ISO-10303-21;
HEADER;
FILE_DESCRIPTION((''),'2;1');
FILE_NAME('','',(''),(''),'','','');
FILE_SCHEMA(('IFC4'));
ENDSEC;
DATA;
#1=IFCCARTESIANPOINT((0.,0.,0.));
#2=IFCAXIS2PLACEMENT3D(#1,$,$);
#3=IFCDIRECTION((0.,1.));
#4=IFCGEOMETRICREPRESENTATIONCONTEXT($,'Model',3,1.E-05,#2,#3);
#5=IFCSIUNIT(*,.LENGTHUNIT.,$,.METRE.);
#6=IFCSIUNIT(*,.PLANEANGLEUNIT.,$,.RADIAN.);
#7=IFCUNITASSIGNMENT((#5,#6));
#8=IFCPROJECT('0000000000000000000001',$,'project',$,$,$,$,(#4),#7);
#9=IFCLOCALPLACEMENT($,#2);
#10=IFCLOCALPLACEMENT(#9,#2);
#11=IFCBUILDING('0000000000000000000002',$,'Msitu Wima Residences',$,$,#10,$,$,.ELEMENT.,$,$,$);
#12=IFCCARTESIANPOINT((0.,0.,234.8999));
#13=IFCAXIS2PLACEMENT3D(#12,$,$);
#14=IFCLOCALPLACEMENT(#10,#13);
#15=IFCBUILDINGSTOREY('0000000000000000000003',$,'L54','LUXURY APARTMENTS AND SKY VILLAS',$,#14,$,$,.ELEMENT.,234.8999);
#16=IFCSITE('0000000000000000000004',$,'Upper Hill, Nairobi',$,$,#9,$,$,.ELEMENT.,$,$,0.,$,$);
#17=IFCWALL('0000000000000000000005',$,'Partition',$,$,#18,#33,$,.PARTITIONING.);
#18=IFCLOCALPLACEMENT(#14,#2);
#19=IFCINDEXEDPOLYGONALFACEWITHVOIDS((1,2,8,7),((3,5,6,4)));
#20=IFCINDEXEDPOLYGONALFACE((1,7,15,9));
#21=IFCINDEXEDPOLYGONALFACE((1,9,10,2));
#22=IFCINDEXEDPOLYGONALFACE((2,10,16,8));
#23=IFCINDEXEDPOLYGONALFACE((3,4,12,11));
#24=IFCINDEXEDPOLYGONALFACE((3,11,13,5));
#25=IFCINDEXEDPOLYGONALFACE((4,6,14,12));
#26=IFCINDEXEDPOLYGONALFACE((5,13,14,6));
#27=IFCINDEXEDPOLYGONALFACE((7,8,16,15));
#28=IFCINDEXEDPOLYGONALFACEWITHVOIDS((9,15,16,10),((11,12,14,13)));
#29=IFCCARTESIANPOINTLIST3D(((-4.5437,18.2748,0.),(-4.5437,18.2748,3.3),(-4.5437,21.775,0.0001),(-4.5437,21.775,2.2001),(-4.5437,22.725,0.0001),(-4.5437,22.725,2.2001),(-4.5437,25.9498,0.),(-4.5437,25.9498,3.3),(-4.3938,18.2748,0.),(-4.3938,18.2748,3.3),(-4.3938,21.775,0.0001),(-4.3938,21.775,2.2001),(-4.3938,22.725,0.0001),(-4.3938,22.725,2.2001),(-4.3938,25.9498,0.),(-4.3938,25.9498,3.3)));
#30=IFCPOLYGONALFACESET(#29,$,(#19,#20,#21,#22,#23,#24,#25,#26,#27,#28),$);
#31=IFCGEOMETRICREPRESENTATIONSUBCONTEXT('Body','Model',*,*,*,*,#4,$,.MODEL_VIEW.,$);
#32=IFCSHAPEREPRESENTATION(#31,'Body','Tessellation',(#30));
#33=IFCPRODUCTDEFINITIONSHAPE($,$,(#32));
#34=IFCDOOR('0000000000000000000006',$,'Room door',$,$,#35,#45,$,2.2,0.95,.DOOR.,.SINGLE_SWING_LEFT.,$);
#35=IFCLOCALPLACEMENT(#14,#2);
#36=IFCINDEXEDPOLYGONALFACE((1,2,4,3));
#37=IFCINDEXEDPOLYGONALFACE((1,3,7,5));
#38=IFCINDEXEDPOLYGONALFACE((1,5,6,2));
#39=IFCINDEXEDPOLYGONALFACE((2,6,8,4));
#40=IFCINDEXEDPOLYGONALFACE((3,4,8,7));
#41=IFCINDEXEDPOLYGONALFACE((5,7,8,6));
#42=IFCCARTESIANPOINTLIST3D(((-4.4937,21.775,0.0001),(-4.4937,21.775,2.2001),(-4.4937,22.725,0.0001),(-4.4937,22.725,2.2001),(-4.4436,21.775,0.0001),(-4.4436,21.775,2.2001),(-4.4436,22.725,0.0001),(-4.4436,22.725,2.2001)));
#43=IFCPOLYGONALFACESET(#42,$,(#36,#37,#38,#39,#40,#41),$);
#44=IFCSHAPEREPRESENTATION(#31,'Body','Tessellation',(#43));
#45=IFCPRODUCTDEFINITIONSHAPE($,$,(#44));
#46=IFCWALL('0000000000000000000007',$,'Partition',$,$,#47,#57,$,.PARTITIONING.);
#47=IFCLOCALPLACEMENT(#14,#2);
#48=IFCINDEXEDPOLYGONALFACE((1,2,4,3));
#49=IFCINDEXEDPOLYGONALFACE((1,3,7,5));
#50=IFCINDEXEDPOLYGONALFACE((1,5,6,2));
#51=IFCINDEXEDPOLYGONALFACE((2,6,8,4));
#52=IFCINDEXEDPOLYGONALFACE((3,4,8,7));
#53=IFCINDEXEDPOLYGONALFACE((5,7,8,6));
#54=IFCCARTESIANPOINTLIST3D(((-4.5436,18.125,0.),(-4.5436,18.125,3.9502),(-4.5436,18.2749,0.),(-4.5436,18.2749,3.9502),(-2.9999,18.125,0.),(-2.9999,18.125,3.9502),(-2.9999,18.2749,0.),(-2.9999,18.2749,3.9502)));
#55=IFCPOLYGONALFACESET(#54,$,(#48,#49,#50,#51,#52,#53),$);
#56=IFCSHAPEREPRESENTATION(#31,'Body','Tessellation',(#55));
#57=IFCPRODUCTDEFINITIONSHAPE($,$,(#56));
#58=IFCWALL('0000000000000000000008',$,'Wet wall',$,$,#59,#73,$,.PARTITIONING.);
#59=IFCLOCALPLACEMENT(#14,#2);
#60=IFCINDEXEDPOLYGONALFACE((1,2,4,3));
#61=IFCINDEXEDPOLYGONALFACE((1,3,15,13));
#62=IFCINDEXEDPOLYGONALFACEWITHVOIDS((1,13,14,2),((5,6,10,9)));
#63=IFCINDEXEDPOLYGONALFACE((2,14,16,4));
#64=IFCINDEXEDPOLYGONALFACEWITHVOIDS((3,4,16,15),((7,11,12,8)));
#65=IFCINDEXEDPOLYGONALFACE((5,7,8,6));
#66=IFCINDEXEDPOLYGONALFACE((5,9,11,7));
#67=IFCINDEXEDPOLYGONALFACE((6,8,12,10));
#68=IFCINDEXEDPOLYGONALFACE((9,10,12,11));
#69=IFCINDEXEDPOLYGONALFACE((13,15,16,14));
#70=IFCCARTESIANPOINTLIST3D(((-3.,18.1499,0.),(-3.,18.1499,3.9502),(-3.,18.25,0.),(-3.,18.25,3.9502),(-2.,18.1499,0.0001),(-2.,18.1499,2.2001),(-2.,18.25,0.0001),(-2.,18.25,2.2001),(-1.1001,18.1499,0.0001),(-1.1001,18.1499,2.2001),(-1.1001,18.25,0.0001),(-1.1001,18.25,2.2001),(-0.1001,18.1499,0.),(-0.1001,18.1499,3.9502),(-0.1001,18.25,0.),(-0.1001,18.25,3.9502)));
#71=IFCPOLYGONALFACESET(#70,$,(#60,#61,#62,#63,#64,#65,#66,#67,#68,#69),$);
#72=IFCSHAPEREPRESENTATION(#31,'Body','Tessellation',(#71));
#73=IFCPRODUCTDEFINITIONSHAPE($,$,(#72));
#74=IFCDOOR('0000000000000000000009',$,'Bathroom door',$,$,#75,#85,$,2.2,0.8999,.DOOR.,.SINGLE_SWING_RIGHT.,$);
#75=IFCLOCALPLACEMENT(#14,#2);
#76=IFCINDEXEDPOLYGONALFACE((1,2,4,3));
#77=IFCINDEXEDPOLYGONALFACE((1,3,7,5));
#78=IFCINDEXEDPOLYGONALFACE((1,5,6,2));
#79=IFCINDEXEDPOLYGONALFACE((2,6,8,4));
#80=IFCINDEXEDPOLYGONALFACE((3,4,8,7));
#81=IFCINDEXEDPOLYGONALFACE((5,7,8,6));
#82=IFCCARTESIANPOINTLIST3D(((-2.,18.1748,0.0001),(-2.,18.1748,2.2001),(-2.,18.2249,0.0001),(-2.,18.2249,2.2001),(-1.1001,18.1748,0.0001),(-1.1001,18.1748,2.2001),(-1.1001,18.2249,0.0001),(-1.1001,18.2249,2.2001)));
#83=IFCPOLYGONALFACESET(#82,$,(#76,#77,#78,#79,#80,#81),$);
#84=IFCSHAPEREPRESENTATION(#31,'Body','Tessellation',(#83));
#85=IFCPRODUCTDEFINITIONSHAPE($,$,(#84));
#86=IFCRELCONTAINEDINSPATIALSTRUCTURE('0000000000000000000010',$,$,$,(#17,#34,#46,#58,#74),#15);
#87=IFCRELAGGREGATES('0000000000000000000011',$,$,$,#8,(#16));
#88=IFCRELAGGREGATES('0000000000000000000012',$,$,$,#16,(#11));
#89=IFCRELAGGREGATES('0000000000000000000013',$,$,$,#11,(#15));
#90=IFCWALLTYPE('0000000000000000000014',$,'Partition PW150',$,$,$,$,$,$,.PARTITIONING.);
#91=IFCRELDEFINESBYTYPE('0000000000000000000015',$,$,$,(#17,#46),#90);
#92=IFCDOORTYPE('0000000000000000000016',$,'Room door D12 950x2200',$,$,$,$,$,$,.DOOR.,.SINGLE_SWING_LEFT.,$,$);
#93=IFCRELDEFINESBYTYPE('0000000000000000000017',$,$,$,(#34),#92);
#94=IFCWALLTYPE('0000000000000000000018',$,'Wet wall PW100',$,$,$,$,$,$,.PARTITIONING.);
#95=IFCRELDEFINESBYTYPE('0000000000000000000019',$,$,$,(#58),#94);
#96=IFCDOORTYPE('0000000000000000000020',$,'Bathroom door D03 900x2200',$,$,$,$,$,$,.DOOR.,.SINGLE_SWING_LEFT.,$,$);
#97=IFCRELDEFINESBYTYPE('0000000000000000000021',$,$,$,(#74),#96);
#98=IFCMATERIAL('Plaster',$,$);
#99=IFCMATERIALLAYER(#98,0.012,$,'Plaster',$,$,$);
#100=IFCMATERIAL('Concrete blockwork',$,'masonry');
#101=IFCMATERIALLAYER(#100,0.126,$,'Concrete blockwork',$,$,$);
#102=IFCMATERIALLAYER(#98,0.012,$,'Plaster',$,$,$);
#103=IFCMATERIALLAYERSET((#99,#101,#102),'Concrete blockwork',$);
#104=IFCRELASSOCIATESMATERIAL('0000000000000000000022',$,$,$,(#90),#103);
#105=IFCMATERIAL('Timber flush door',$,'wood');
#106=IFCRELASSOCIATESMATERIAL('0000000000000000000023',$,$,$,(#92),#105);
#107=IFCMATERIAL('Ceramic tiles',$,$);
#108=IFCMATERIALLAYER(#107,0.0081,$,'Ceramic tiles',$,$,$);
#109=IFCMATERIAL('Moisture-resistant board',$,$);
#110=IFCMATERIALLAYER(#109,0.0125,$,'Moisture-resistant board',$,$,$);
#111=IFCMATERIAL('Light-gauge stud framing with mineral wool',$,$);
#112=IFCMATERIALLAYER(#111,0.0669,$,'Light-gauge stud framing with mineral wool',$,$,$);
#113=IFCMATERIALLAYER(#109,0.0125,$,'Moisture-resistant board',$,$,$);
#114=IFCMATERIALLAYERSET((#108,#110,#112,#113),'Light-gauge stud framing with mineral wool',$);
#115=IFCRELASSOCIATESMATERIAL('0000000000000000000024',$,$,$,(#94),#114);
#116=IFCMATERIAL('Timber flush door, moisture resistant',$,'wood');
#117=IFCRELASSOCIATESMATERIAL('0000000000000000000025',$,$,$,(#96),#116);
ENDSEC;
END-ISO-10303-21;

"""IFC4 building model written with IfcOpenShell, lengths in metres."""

from ifc_helpers import new_model, si_unit, direction, frame, frame_2d, origin, place, context, subcontext, project, spatial, rectangle, extrude, material, layer, layer_set, type_object, element, fill, save


model = new_model("IFC4")

# Units and contexts
model_context = context("Model", 3, precision=1e-05, world=origin(), true_north=direction((0.0, 1.0)))
body_context = subcontext(model_context, "Body", "Model", "MODEL_VIEW")
ifc_project = project(units=[si_unit("LENGTHUNIT", "METRE"), si_unit("PLANEANGLEUNIT", "RADIAN")], contexts=[model_context])

# Site, building, storey
site_placement = place(None, origin())
site = spatial("IfcSite", under=ifc_project, at=site_placement, Name="Upper Hill, Nairobi", CompositionType="ELEMENT", RefElevation=0.0)
building_placement = place(site_placement, origin())
building = spatial("IfcBuilding", under=site, at=building_placement, Name="Msitu Wima Residences", CompositionType="ELEMENT")
storey_placement = place(building_placement, frame((0.0, 0.0, 234.8999)))
storey = spatial("IfcBuildingStorey", under=building, at=storey_placement, Name="L54", Description="LUXURY APARTMENTS AND SKY VILLAS", CompositionType="ELEMENT", Elevation=234.8999)

# Shared definitions
ifc_material_1 = material(Name="Plaster")
ifc_material_2 = material(Name="Concrete blockwork", Category="masonry")

# Shared definitions
ifc_layer_1 = layer(ifc_material_1, 0.012, Name="Plaster")
ifc_layer_2 = layer(ifc_material_2, 0.126, Name="Concrete blockwork")
ifc_layer_3 = layer(ifc_material_1, 0.012, Name="Plaster")
ifc_layer_set_1 = layer_set([ifc_layer_1, ifc_layer_2, ifc_layer_3], Name="Concrete blockwork")
wall_type_1 = type_object("IfcWallType", Name="Partition PW150", PredefinedType="PARTITIONING", material=ifc_layer_set_1)

# Shared definitions
ifc_material_3 = material(Name="Timber flush door", Category="wood")
door_type_1 = type_object("IfcDoorType", Name="Room door D12 950x2200", OperationType="SINGLE_SWING_LEFT", PredefinedType="DOOR", material=ifc_material_3)

# Wall, opening, door
wall_1_placement = place(storey_placement, frame((-4.4688, 18.2749, 0.0), z_axis=(0.0, 0.0, 1.0), x_axis=(0.0, 1.0, 0.0)))
wall_1 = element("IfcWall", 1, at=wall_1_placement, inside=storey, type_object=wall_type_1, Name="Partition", PredefinedType="PARTITIONING", context=body_context, shape_type="SweptSolid", body=[
    extrude(rectangle(XDim=7.675, YDim=0.1499, at=frame_2d((3.8374, 0.0))), origin(), (0.0, 0.0, 1.0), 3.3),
])
opening_1_placement = place(wall_1_placement, frame((3.5, 0.0, 0.0)))
opening_1 = element("IfcOpeningElement", 2, at=opening_1_placement, cuts=wall_1, PredefinedType="OPENING", context=body_context, shape_type="SweptSolid", body=[
    extrude(rectangle(XDim=0.95, YDim=2.2, at=frame_2d((0.4751, 1.1001))), frame((0.0, 0.085, 0.0), z_axis=(0.0, -1.0, 0.0), x_axis=(1.0, 0.0, 0.0)), (0.0, 0.0, 1.0), 0.1699),
])
door_1_placement = place(opening_1_placement, origin())
door_1 = element("IfcDoor", 3, at=door_1_placement, inside=storey, type_object=door_type_1, Name="Room door", OperationType="SINGLE_SWING_LEFT", OverallHeight=2.2, OverallWidth=0.95, PredefinedType="DOOR", context=body_context, shape_type="SweptSolid", body=[
    extrude(rectangle(XDim=0.95, YDim=2.2, at=frame_2d((0.4751, 1.1001))), frame((0.0, 0.0249, 0.0), z_axis=(0.0, -1.0, 0.0), x_axis=(1.0, 0.0, 0.0)), (0.0, 0.0, 1.0), 0.05),
])
fill(opening_1, door_1)

# Wall
wall_2_placement = place(storey_placement, frame((-4.5437, 18.2, 0.0), z_axis=(0.0, 0.0, 1.0), x_axis=(1.0, 0.0, 0.0)))
element("IfcWall", 4, at=wall_2_placement, inside=storey, type_object=wall_type_1, Name="Partition", PredefinedType="PARTITIONING", context=body_context, shape_type="SweptSolid", body=[
    extrude(rectangle(XDim=1.5437, YDim=0.1499, at=frame_2d((0.772, 0.0))), origin(), (0.0, 0.0, 1.0), 3.9502),
])

# Wall, opening, door
ifc_material_4 = material(Name="Ceramic tiles")
ifc_layer_4 = layer(ifc_material_4, 0.0081, Name="Ceramic tiles")
ifc_material_5 = material(Name="Moisture-resistant board")
ifc_layer_5 = layer(ifc_material_5, 0.0125, Name="Moisture-resistant board")
ifc_material_6 = material(Name="Light-gauge stud framing with mineral wool")
ifc_layer_6 = layer(ifc_material_6, 0.0669, Name="Light-gauge stud framing with mineral wool")
ifc_layer_7 = layer(ifc_material_5, 0.0125, Name="Moisture-resistant board")
ifc_layer_set_2 = layer_set([ifc_layer_4, ifc_layer_5, ifc_layer_6, ifc_layer_7], Name="Light-gauge stud framing with mineral wool")
wall_type_2 = type_object("IfcWallType", Name="Wet wall PW100", PredefinedType="PARTITIONING", material=ifc_layer_set_2)
wall_3_placement = place(storey_placement, frame((-3.0, 18.2, 0.0), z_axis=(0.0, 0.0, 1.0), x_axis=(1.0, 0.0, 0.0)))
wall_3 = element("IfcWall", 5, at=wall_3_placement, inside=storey, type_object=wall_type_2, Name="Wet wall", PredefinedType="PARTITIONING", context=body_context, shape_type="SweptSolid", body=[
    extrude(rectangle(XDim=2.8999, YDim=0.1001, at=frame_2d((1.45, 0.0))), origin(), (0.0, 0.0, 1.0), 3.9502),
])
opening_2_placement = place(wall_3_placement, frame((1.0, 0.0, 0.0)))
opening_2 = element("IfcOpeningElement", 6, at=opening_2_placement, cuts=wall_3, PredefinedType="OPENING", context=body_context, shape_type="SweptSolid", body=[
    extrude(rectangle(XDim=0.8999, YDim=2.2, at=frame_2d((0.45, 1.1001))), frame((0.0, 0.0601, 0.0), z_axis=(0.0, -1.0, 0.0), x_axis=(1.0, 0.0, 0.0)), (0.0, 0.0, 1.0), 0.1201),
])
ifc_material_7 = material(Name="Timber flush door, moisture resistant", Category="wood")
door_type_2 = type_object("IfcDoorType", Name="Bathroom door D03 900x2200", OperationType="SINGLE_SWING_LEFT", PredefinedType="DOOR", material=ifc_material_7)
door_2_placement = place(opening_2_placement, origin())
door_2 = element("IfcDoor", 7, at=door_2_placement, inside=storey, type_object=door_type_2, Name="Bathroom door", OperationType="SINGLE_SWING_RIGHT", OverallHeight=2.2, OverallWidth=0.8999, PredefinedType="DOOR", context=body_context, shape_type="SweptSolid", body=[
    extrude(rectangle(XDim=0.8999, YDim=2.2, at=frame_2d((0.45, 1.1001))), frame((0.0, 0.0249, 0.0), z_axis=(0.0, -1.0, 0.0), x_axis=(1.0, 0.0, 0.0)), (0.0, 0.0, 1.0), 0.05),
])
fill(opening_2, door_2)

save(model, "model.ifc")
